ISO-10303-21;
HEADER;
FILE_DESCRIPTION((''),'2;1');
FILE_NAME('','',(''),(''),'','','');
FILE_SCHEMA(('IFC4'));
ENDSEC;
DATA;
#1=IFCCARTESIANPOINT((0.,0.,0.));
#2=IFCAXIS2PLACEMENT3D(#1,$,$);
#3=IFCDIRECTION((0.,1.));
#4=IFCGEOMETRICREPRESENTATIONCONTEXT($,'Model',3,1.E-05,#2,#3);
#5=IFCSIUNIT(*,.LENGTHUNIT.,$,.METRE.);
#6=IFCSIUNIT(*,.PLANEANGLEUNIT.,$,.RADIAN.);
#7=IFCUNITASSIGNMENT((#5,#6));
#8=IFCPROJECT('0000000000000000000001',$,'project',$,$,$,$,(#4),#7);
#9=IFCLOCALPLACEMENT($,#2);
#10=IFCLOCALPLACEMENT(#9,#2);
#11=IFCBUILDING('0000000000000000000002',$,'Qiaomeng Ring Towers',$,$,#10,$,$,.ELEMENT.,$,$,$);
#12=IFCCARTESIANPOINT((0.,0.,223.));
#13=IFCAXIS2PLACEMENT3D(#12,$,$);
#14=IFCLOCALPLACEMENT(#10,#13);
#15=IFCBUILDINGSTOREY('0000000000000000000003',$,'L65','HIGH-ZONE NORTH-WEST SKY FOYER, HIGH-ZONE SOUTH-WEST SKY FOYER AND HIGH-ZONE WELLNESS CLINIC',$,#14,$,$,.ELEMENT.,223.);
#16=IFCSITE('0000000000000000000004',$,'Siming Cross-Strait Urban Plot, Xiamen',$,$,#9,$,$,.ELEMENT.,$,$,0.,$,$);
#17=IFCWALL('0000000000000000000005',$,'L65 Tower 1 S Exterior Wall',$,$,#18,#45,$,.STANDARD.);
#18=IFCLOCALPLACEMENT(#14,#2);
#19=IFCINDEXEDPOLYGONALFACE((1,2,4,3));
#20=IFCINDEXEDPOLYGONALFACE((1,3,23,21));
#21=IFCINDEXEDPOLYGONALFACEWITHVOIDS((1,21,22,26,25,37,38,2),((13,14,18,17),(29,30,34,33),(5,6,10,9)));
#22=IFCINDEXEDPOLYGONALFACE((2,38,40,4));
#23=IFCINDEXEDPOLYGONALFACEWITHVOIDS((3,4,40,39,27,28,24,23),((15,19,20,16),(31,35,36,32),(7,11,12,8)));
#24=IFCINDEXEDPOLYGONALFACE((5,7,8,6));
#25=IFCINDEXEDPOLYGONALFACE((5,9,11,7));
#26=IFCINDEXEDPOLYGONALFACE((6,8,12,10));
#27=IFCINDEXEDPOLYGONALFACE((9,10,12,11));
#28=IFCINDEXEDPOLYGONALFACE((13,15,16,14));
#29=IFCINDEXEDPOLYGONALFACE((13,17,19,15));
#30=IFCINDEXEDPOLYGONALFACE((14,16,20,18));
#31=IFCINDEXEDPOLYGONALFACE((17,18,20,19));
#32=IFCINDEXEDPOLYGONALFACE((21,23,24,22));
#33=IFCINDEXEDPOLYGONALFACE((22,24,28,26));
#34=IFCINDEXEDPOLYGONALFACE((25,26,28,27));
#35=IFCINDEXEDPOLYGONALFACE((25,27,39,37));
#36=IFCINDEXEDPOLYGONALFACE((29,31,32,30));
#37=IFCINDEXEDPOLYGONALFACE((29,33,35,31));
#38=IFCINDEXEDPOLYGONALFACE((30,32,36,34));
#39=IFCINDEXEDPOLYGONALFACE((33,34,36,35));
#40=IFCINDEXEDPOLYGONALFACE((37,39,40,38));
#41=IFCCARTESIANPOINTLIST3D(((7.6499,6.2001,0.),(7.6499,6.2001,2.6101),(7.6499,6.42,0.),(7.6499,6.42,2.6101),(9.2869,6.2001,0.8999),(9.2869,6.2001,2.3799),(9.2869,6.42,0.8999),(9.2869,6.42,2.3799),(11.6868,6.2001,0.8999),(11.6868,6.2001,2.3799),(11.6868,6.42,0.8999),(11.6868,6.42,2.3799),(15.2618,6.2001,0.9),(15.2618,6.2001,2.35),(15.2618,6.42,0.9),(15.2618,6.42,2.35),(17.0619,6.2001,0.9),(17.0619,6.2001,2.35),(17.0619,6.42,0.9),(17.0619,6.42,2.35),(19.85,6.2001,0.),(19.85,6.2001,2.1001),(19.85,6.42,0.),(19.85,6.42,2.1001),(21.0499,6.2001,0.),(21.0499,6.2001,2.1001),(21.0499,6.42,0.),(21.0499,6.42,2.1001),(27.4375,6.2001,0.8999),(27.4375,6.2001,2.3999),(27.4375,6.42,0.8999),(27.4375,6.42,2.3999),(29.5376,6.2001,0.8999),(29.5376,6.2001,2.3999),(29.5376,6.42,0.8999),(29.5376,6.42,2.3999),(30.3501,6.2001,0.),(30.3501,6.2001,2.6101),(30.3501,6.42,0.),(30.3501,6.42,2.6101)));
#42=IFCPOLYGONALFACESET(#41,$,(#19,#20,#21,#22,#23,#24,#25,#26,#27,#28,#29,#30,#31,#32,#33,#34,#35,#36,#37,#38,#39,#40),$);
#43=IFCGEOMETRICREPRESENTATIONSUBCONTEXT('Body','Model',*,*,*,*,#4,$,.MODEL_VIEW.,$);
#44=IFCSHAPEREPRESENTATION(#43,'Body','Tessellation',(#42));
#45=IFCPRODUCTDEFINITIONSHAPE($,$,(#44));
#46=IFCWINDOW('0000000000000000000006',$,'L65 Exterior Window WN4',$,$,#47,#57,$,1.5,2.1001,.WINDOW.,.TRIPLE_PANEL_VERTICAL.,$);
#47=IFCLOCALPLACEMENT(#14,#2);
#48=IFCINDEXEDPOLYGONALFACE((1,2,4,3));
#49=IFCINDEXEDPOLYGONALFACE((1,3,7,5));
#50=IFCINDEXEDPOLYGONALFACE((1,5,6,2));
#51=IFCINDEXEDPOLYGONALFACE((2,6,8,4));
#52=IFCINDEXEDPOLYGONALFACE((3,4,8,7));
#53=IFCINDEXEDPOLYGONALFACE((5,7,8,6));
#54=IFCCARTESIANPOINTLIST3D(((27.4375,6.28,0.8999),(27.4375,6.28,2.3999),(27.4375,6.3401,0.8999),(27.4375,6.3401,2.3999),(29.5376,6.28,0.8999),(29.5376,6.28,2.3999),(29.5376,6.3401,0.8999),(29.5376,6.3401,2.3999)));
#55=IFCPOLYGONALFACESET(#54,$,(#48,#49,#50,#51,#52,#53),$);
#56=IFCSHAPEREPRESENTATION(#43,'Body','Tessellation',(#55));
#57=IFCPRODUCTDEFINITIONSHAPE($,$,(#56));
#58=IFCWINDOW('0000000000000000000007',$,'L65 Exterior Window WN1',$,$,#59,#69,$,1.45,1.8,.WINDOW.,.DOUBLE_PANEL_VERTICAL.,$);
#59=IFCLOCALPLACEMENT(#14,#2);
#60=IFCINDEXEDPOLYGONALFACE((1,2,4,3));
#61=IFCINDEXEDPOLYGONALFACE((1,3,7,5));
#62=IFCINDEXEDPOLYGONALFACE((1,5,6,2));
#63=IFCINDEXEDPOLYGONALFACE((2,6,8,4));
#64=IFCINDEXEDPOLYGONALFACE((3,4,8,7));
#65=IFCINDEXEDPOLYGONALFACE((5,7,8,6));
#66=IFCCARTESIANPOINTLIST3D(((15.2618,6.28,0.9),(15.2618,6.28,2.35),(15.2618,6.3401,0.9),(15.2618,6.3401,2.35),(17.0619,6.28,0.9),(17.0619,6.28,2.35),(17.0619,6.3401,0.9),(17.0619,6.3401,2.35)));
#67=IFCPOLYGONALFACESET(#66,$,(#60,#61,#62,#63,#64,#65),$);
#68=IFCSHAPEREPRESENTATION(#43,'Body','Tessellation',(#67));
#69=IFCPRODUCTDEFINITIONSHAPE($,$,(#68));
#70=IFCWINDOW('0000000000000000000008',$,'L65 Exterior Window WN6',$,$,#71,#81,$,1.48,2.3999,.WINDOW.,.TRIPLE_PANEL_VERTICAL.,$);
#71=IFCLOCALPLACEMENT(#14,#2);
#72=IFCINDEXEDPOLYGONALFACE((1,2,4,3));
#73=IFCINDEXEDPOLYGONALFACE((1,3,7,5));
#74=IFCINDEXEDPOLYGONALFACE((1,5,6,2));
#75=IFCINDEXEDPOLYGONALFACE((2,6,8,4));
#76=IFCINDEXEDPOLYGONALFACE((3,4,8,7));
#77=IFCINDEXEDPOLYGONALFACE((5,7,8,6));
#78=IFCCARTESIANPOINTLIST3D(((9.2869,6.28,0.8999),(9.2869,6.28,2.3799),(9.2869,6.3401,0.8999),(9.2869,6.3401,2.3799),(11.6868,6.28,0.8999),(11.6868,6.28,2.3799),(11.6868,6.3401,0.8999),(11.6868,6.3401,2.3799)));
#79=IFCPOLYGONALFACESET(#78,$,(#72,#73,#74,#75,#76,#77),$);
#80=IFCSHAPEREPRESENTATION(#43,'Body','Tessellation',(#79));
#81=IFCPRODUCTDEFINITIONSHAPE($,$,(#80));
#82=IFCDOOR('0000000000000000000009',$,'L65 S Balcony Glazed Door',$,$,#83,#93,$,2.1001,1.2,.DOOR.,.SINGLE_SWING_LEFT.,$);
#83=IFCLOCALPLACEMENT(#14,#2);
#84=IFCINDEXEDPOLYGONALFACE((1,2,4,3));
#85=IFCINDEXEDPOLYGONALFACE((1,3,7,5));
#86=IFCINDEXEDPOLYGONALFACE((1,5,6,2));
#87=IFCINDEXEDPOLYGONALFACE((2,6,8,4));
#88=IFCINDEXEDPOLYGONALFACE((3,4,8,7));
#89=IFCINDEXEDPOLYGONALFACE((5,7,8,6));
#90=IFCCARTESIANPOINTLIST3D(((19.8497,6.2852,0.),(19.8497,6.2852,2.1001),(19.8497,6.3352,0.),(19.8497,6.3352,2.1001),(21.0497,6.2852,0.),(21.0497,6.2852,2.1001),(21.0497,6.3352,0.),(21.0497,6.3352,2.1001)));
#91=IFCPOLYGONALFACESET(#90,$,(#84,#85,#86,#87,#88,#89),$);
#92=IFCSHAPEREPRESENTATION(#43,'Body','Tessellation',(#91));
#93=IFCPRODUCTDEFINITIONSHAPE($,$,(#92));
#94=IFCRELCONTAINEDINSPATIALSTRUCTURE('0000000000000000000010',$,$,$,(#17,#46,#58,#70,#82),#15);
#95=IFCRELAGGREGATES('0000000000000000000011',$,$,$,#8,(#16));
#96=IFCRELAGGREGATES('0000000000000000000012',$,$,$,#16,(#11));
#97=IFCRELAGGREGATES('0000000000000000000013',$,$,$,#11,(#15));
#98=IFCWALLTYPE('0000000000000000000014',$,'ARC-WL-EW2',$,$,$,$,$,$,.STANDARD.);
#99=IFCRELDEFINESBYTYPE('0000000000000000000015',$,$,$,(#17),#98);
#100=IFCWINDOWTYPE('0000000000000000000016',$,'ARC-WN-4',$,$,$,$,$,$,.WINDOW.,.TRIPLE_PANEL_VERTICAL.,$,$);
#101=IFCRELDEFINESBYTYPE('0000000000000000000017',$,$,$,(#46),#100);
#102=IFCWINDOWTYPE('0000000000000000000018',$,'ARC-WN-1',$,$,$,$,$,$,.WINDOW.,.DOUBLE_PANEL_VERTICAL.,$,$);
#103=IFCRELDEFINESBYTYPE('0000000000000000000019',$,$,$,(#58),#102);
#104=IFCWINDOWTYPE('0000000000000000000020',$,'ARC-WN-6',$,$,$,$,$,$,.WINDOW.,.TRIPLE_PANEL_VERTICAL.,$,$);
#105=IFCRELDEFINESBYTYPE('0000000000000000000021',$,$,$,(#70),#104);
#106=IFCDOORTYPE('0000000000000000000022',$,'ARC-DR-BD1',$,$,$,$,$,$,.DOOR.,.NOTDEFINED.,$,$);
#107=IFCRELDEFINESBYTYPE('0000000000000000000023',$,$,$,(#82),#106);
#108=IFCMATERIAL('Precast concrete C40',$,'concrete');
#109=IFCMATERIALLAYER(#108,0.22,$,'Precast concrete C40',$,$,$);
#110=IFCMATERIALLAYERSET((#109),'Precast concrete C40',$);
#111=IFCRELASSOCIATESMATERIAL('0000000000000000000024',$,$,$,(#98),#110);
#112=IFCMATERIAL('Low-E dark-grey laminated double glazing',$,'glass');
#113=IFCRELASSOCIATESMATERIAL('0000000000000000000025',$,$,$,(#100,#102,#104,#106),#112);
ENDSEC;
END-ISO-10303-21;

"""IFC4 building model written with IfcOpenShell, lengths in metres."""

from ifc_helpers import new_model, si_unit, direction, frame, frame_2d, origin, place, context, subcontext, project, spatial, rectangle, extrude, source, transform, mapped, material, layer, layer_set, type_object, element, fill, save


model = new_model("IFC4")

# Units and contexts
model_context = context("Model", 3, precision=1e-05, world=origin(), true_north=direction((0.0, 1.0)))
body_context = subcontext(model_context, "Body", "Model", "MODEL_VIEW")
ifc_project = project(units=[si_unit("LENGTHUNIT", "METRE"), si_unit("PLANEANGLEUNIT", "RADIAN")], contexts=[model_context])

# Site, building, storey
site_placement = place(None, origin())
site = spatial("IfcSite", under=ifc_project, at=site_placement, Name="Siming Cross-Strait Urban Plot, Xiamen", CompositionType="ELEMENT", RefElevation=0.0)
building_placement = place(site_placement, origin())
building = spatial("IfcBuilding", under=site, at=building_placement, Name="Qiaomeng Ring Towers", CompositionType="ELEMENT")
storey_placement = place(building_placement, frame((0.0, 0.0, 223.0)))
storey = spatial("IfcBuildingStorey", under=building, at=storey_placement, Name="L65", Description="HIGH-ZONE NORTH-WEST SKY FOYER, HIGH-ZONE SOUTH-WEST SKY FOYER AND HIGH-ZONE WELLNESS CLINIC", CompositionType="ELEMENT", Elevation=223.0)

# Shared definitions
ifc_material_1 = material(Name="Low-E dark-grey laminated double glazing", Category="glass")

# Wall, openings, windows, door
ifc_material_2 = material(Name="Precast concrete C40", Category="concrete")
ifc_layer_1 = layer(ifc_material_2, 0.22, Name="Precast concrete C40")
ifc_layer_set_1 = layer_set([ifc_layer_1], Name="Precast concrete C40")
wall_type_1 = type_object("IfcWallType", Name="ARC-WL-EW2", PredefinedType="STANDARD", material=ifc_layer_set_1)
wall_1_placement = place(storey_placement, frame((7.6499, 6.3101, 0.0), z_axis=(0.0, 0.0, 1.0), x_axis=(1.0, 0.0, 0.0)))
wall_1 = element("IfcWall", 1, at=wall_1_placement, inside=storey, type_object=wall_type_1, Name="L65 Tower 1 S Exterior Wall", PredefinedType="STANDARD", context=body_context, shape_type="SweptSolid", body=[
    extrude(rectangle(XDim=22.7002, YDim=0.22, at=frame_2d((11.3501, 0.0))), origin(), (0.0, 0.0, 1.0), 2.6101),
])
opening_1_placement = place(wall_1_placement, frame((12.2, 0.0, 0.0)))
opening_1 = element("IfcOpeningElement", 2, at=opening_1_placement, cuts=wall_1, PredefinedType="OPENING", context=body_context, shape_type="SweptSolid", body=[
    extrude(rectangle(XDim=1.2, YDim=2.1001, at=frame_2d((0.6001, 1.05))), frame((0.0, 0.1199, 0.0), z_axis=(0.0, -1.0, 0.0), x_axis=(1.0, 0.0, 0.0)), (0.0, 0.0, 1.0), 0.24),
])
opening_2_placement = place(wall_1_placement, frame((1.637, 0.0, 0.8999)))
opening_2 = element("IfcOpeningElement", 3, at=opening_2_placement, cuts=wall_1, PredefinedType="OPENING", context=body_context, shape_type="SweptSolid", body=[
    extrude(rectangle(XDim=2.3999, YDim=1.48, at=frame_2d((1.2, 0.74))), frame((0.0, 0.1199, 0.0), z_axis=(0.0, -1.0, 0.0), x_axis=(1.0, 0.0, 0.0)), (0.0, 0.0, 1.0), 0.24),
])
opening_3_placement = place(wall_1_placement, frame((7.6121, 0.0, 0.8999)))
opening_3 = element("IfcOpeningElement", 4, at=opening_3_placement, cuts=wall_1, PredefinedType="OPENING", context=body_context, shape_type="SweptSolid", body=[
    extrude(rectangle(XDim=1.8, YDim=1.45, at=frame_2d((0.8999, 0.7251))), frame((0.0, 0.1199, 0.0), z_axis=(0.0, -1.0, 0.0), x_axis=(1.0, 0.0, 0.0)), (0.0, 0.0, 1.0), 0.24),
])
opening_4_placement = place(wall_1_placement, frame((19.7876, 0.0, 0.8999)))
opening_4 = element("IfcOpeningElement", 5, at=opening_4_placement, cuts=wall_1, PredefinedType="OPENING", context=body_context, shape_type="SweptSolid", body=[
    extrude(rectangle(XDim=2.1001, YDim=1.5, at=frame_2d((1.05, 0.75))), frame((0.0, 0.1199, 0.0), z_axis=(0.0, -1.0, 0.0), x_axis=(1.0, 0.0, 0.0)), (0.0, 0.0, 1.0), 0.24),
])
window_type_1 = type_object("IfcWindowType", Name="ARC-WN-4", PartitioningType="TRIPLE_PANEL_VERTICAL", PredefinedType="WINDOW", material=ifc_material_1)
shared_shape_1 = source(origin(), body_context, "Body", "SweptSolid", [
    extrude(rectangle(XDim=2.1001, YDim=1.5, at=frame_2d((1.05, 0.75))), frame((0.0, 0.03, 0.0), z_axis=(0.0, -1.0, 0.0), x_axis=(1.0, 0.0, 0.0)), (0.0, 0.0, 1.0), 0.0601),
])
window_1_placement = place(opening_4_placement, origin())
window_1 = element("IfcWindow", 6, at=window_1_placement, inside=storey, type_object=window_type_1, Name="L65 Exterior Window WN4", OverallHeight=1.5, OverallWidth=2.1001, PartitioningType="TRIPLE_PANEL_VERTICAL", PredefinedType="WINDOW", context=body_context, shape_type="MappedRepresentation", body=[
    mapped(shared_shape_1, transform((0.0, 0.0, 0.0), x_axis=(1.0, 0.0, 0.0), y_axis=(0.0, 1.0, 0.0), z_axis=(0.0, 0.0, 1.0), scale=1.0)),
])
fill(opening_4, window_1)
window_type_2 = type_object("IfcWindowType", Name="ARC-WN-1", PartitioningType="DOUBLE_PANEL_VERTICAL", PredefinedType="WINDOW", material=ifc_material_1)
shared_shape_2 = source(origin(), body_context, "Body", "SweptSolid", [
    extrude(rectangle(XDim=1.8, YDim=1.45, at=frame_2d((0.8999, 0.7251))), frame((0.0, 0.03, 0.0), z_axis=(0.0, -1.0, 0.0), x_axis=(1.0, 0.0, 0.0)), (0.0, 0.0, 1.0), 0.0601),
])
window_2_placement = place(opening_3_placement, origin())
window_2 = element("IfcWindow", 7, at=window_2_placement, inside=storey, type_object=window_type_2, Name="L65 Exterior Window WN1", OverallHeight=1.45, OverallWidth=1.8, PartitioningType="DOUBLE_PANEL_VERTICAL", PredefinedType="WINDOW", context=body_context, shape_type="MappedRepresentation", body=[
    mapped(shared_shape_2, transform((0.0, 0.0, 0.0), x_axis=(1.0, 0.0, 0.0), y_axis=(0.0, 1.0, 0.0), z_axis=(0.0, 0.0, 1.0), scale=1.0)),
])
fill(opening_3, window_2)
window_type_3 = type_object("IfcWindowType", Name="ARC-WN-6", PartitioningType="TRIPLE_PANEL_VERTICAL", PredefinedType="WINDOW", material=ifc_material_1)
shared_shape_3 = source(origin(), body_context, "Body", "SweptSolid", [
    extrude(rectangle(XDim=2.3999, YDim=1.48, at=frame_2d((1.2, 0.74))), frame((0.0, 0.03, 0.0), z_axis=(0.0, -1.0, 0.0), x_axis=(1.0, 0.0, 0.0)), (0.0, 0.0, 1.0), 0.0601),
])
window_3_placement = place(opening_2_placement, origin())
window_3 = element("IfcWindow", 8, at=window_3_placement, inside=storey, type_object=window_type_3, Name="L65 Exterior Window WN6", OverallHeight=1.48, OverallWidth=2.3999, PartitioningType="TRIPLE_PANEL_VERTICAL", PredefinedType="WINDOW", context=body_context, shape_type="MappedRepresentation", body=[
    mapped(shared_shape_3, transform((0.0, 0.0, 0.0), x_axis=(1.0, 0.0, 0.0), y_axis=(0.0, 1.0, 0.0), z_axis=(0.0, 0.0, 1.0), scale=1.0)),
])
fill(opening_2, window_3)
door_type_1 = type_object("IfcDoorType", Name="ARC-DR-BD1", OperationType="NOTDEFINED", PredefinedType="DOOR", material=ifc_material_1)
shared_shape_4 = source(origin(), body_context, "Body", "SweptSolid", [
    extrude(rectangle(XDim=1.2, YDim=2.1001, at=frame_2d((0.6001, 1.05))), frame((0.0, 0.0249, 0.0), z_axis=(0.0, -1.0, 0.0), x_axis=(1.0, 0.0, 0.0)), (0.0, 0.0, 1.0), 0.05),
])
door_1_placement = place(opening_1_placement, frame((1.2, 0.0, 0.0), z_axis=(0.0, 0.0, 1.0), x_axis=(-1.0, 0.0, 0.0)))
door_1 = element("IfcDoor", 9, at=door_1_placement, inside=storey, type_object=door_type_1, Name="L65 S Balcony Glazed Door", OperationType="SINGLE_SWING_LEFT", OverallHeight=2.1001, OverallWidth=1.2, PredefinedType="DOOR", context=body_context, shape_type="MappedRepresentation", body=[
    mapped(shared_shape_4, transform((0.0, 0.0, 0.0), x_axis=(1.0, 0.0, 0.0), y_axis=(0.0, 1.0, 0.0), z_axis=(0.0, 0.0, 1.0), scale=1.0)),
])
fill(opening_1, door_1)

save(model, "model.ifc")
